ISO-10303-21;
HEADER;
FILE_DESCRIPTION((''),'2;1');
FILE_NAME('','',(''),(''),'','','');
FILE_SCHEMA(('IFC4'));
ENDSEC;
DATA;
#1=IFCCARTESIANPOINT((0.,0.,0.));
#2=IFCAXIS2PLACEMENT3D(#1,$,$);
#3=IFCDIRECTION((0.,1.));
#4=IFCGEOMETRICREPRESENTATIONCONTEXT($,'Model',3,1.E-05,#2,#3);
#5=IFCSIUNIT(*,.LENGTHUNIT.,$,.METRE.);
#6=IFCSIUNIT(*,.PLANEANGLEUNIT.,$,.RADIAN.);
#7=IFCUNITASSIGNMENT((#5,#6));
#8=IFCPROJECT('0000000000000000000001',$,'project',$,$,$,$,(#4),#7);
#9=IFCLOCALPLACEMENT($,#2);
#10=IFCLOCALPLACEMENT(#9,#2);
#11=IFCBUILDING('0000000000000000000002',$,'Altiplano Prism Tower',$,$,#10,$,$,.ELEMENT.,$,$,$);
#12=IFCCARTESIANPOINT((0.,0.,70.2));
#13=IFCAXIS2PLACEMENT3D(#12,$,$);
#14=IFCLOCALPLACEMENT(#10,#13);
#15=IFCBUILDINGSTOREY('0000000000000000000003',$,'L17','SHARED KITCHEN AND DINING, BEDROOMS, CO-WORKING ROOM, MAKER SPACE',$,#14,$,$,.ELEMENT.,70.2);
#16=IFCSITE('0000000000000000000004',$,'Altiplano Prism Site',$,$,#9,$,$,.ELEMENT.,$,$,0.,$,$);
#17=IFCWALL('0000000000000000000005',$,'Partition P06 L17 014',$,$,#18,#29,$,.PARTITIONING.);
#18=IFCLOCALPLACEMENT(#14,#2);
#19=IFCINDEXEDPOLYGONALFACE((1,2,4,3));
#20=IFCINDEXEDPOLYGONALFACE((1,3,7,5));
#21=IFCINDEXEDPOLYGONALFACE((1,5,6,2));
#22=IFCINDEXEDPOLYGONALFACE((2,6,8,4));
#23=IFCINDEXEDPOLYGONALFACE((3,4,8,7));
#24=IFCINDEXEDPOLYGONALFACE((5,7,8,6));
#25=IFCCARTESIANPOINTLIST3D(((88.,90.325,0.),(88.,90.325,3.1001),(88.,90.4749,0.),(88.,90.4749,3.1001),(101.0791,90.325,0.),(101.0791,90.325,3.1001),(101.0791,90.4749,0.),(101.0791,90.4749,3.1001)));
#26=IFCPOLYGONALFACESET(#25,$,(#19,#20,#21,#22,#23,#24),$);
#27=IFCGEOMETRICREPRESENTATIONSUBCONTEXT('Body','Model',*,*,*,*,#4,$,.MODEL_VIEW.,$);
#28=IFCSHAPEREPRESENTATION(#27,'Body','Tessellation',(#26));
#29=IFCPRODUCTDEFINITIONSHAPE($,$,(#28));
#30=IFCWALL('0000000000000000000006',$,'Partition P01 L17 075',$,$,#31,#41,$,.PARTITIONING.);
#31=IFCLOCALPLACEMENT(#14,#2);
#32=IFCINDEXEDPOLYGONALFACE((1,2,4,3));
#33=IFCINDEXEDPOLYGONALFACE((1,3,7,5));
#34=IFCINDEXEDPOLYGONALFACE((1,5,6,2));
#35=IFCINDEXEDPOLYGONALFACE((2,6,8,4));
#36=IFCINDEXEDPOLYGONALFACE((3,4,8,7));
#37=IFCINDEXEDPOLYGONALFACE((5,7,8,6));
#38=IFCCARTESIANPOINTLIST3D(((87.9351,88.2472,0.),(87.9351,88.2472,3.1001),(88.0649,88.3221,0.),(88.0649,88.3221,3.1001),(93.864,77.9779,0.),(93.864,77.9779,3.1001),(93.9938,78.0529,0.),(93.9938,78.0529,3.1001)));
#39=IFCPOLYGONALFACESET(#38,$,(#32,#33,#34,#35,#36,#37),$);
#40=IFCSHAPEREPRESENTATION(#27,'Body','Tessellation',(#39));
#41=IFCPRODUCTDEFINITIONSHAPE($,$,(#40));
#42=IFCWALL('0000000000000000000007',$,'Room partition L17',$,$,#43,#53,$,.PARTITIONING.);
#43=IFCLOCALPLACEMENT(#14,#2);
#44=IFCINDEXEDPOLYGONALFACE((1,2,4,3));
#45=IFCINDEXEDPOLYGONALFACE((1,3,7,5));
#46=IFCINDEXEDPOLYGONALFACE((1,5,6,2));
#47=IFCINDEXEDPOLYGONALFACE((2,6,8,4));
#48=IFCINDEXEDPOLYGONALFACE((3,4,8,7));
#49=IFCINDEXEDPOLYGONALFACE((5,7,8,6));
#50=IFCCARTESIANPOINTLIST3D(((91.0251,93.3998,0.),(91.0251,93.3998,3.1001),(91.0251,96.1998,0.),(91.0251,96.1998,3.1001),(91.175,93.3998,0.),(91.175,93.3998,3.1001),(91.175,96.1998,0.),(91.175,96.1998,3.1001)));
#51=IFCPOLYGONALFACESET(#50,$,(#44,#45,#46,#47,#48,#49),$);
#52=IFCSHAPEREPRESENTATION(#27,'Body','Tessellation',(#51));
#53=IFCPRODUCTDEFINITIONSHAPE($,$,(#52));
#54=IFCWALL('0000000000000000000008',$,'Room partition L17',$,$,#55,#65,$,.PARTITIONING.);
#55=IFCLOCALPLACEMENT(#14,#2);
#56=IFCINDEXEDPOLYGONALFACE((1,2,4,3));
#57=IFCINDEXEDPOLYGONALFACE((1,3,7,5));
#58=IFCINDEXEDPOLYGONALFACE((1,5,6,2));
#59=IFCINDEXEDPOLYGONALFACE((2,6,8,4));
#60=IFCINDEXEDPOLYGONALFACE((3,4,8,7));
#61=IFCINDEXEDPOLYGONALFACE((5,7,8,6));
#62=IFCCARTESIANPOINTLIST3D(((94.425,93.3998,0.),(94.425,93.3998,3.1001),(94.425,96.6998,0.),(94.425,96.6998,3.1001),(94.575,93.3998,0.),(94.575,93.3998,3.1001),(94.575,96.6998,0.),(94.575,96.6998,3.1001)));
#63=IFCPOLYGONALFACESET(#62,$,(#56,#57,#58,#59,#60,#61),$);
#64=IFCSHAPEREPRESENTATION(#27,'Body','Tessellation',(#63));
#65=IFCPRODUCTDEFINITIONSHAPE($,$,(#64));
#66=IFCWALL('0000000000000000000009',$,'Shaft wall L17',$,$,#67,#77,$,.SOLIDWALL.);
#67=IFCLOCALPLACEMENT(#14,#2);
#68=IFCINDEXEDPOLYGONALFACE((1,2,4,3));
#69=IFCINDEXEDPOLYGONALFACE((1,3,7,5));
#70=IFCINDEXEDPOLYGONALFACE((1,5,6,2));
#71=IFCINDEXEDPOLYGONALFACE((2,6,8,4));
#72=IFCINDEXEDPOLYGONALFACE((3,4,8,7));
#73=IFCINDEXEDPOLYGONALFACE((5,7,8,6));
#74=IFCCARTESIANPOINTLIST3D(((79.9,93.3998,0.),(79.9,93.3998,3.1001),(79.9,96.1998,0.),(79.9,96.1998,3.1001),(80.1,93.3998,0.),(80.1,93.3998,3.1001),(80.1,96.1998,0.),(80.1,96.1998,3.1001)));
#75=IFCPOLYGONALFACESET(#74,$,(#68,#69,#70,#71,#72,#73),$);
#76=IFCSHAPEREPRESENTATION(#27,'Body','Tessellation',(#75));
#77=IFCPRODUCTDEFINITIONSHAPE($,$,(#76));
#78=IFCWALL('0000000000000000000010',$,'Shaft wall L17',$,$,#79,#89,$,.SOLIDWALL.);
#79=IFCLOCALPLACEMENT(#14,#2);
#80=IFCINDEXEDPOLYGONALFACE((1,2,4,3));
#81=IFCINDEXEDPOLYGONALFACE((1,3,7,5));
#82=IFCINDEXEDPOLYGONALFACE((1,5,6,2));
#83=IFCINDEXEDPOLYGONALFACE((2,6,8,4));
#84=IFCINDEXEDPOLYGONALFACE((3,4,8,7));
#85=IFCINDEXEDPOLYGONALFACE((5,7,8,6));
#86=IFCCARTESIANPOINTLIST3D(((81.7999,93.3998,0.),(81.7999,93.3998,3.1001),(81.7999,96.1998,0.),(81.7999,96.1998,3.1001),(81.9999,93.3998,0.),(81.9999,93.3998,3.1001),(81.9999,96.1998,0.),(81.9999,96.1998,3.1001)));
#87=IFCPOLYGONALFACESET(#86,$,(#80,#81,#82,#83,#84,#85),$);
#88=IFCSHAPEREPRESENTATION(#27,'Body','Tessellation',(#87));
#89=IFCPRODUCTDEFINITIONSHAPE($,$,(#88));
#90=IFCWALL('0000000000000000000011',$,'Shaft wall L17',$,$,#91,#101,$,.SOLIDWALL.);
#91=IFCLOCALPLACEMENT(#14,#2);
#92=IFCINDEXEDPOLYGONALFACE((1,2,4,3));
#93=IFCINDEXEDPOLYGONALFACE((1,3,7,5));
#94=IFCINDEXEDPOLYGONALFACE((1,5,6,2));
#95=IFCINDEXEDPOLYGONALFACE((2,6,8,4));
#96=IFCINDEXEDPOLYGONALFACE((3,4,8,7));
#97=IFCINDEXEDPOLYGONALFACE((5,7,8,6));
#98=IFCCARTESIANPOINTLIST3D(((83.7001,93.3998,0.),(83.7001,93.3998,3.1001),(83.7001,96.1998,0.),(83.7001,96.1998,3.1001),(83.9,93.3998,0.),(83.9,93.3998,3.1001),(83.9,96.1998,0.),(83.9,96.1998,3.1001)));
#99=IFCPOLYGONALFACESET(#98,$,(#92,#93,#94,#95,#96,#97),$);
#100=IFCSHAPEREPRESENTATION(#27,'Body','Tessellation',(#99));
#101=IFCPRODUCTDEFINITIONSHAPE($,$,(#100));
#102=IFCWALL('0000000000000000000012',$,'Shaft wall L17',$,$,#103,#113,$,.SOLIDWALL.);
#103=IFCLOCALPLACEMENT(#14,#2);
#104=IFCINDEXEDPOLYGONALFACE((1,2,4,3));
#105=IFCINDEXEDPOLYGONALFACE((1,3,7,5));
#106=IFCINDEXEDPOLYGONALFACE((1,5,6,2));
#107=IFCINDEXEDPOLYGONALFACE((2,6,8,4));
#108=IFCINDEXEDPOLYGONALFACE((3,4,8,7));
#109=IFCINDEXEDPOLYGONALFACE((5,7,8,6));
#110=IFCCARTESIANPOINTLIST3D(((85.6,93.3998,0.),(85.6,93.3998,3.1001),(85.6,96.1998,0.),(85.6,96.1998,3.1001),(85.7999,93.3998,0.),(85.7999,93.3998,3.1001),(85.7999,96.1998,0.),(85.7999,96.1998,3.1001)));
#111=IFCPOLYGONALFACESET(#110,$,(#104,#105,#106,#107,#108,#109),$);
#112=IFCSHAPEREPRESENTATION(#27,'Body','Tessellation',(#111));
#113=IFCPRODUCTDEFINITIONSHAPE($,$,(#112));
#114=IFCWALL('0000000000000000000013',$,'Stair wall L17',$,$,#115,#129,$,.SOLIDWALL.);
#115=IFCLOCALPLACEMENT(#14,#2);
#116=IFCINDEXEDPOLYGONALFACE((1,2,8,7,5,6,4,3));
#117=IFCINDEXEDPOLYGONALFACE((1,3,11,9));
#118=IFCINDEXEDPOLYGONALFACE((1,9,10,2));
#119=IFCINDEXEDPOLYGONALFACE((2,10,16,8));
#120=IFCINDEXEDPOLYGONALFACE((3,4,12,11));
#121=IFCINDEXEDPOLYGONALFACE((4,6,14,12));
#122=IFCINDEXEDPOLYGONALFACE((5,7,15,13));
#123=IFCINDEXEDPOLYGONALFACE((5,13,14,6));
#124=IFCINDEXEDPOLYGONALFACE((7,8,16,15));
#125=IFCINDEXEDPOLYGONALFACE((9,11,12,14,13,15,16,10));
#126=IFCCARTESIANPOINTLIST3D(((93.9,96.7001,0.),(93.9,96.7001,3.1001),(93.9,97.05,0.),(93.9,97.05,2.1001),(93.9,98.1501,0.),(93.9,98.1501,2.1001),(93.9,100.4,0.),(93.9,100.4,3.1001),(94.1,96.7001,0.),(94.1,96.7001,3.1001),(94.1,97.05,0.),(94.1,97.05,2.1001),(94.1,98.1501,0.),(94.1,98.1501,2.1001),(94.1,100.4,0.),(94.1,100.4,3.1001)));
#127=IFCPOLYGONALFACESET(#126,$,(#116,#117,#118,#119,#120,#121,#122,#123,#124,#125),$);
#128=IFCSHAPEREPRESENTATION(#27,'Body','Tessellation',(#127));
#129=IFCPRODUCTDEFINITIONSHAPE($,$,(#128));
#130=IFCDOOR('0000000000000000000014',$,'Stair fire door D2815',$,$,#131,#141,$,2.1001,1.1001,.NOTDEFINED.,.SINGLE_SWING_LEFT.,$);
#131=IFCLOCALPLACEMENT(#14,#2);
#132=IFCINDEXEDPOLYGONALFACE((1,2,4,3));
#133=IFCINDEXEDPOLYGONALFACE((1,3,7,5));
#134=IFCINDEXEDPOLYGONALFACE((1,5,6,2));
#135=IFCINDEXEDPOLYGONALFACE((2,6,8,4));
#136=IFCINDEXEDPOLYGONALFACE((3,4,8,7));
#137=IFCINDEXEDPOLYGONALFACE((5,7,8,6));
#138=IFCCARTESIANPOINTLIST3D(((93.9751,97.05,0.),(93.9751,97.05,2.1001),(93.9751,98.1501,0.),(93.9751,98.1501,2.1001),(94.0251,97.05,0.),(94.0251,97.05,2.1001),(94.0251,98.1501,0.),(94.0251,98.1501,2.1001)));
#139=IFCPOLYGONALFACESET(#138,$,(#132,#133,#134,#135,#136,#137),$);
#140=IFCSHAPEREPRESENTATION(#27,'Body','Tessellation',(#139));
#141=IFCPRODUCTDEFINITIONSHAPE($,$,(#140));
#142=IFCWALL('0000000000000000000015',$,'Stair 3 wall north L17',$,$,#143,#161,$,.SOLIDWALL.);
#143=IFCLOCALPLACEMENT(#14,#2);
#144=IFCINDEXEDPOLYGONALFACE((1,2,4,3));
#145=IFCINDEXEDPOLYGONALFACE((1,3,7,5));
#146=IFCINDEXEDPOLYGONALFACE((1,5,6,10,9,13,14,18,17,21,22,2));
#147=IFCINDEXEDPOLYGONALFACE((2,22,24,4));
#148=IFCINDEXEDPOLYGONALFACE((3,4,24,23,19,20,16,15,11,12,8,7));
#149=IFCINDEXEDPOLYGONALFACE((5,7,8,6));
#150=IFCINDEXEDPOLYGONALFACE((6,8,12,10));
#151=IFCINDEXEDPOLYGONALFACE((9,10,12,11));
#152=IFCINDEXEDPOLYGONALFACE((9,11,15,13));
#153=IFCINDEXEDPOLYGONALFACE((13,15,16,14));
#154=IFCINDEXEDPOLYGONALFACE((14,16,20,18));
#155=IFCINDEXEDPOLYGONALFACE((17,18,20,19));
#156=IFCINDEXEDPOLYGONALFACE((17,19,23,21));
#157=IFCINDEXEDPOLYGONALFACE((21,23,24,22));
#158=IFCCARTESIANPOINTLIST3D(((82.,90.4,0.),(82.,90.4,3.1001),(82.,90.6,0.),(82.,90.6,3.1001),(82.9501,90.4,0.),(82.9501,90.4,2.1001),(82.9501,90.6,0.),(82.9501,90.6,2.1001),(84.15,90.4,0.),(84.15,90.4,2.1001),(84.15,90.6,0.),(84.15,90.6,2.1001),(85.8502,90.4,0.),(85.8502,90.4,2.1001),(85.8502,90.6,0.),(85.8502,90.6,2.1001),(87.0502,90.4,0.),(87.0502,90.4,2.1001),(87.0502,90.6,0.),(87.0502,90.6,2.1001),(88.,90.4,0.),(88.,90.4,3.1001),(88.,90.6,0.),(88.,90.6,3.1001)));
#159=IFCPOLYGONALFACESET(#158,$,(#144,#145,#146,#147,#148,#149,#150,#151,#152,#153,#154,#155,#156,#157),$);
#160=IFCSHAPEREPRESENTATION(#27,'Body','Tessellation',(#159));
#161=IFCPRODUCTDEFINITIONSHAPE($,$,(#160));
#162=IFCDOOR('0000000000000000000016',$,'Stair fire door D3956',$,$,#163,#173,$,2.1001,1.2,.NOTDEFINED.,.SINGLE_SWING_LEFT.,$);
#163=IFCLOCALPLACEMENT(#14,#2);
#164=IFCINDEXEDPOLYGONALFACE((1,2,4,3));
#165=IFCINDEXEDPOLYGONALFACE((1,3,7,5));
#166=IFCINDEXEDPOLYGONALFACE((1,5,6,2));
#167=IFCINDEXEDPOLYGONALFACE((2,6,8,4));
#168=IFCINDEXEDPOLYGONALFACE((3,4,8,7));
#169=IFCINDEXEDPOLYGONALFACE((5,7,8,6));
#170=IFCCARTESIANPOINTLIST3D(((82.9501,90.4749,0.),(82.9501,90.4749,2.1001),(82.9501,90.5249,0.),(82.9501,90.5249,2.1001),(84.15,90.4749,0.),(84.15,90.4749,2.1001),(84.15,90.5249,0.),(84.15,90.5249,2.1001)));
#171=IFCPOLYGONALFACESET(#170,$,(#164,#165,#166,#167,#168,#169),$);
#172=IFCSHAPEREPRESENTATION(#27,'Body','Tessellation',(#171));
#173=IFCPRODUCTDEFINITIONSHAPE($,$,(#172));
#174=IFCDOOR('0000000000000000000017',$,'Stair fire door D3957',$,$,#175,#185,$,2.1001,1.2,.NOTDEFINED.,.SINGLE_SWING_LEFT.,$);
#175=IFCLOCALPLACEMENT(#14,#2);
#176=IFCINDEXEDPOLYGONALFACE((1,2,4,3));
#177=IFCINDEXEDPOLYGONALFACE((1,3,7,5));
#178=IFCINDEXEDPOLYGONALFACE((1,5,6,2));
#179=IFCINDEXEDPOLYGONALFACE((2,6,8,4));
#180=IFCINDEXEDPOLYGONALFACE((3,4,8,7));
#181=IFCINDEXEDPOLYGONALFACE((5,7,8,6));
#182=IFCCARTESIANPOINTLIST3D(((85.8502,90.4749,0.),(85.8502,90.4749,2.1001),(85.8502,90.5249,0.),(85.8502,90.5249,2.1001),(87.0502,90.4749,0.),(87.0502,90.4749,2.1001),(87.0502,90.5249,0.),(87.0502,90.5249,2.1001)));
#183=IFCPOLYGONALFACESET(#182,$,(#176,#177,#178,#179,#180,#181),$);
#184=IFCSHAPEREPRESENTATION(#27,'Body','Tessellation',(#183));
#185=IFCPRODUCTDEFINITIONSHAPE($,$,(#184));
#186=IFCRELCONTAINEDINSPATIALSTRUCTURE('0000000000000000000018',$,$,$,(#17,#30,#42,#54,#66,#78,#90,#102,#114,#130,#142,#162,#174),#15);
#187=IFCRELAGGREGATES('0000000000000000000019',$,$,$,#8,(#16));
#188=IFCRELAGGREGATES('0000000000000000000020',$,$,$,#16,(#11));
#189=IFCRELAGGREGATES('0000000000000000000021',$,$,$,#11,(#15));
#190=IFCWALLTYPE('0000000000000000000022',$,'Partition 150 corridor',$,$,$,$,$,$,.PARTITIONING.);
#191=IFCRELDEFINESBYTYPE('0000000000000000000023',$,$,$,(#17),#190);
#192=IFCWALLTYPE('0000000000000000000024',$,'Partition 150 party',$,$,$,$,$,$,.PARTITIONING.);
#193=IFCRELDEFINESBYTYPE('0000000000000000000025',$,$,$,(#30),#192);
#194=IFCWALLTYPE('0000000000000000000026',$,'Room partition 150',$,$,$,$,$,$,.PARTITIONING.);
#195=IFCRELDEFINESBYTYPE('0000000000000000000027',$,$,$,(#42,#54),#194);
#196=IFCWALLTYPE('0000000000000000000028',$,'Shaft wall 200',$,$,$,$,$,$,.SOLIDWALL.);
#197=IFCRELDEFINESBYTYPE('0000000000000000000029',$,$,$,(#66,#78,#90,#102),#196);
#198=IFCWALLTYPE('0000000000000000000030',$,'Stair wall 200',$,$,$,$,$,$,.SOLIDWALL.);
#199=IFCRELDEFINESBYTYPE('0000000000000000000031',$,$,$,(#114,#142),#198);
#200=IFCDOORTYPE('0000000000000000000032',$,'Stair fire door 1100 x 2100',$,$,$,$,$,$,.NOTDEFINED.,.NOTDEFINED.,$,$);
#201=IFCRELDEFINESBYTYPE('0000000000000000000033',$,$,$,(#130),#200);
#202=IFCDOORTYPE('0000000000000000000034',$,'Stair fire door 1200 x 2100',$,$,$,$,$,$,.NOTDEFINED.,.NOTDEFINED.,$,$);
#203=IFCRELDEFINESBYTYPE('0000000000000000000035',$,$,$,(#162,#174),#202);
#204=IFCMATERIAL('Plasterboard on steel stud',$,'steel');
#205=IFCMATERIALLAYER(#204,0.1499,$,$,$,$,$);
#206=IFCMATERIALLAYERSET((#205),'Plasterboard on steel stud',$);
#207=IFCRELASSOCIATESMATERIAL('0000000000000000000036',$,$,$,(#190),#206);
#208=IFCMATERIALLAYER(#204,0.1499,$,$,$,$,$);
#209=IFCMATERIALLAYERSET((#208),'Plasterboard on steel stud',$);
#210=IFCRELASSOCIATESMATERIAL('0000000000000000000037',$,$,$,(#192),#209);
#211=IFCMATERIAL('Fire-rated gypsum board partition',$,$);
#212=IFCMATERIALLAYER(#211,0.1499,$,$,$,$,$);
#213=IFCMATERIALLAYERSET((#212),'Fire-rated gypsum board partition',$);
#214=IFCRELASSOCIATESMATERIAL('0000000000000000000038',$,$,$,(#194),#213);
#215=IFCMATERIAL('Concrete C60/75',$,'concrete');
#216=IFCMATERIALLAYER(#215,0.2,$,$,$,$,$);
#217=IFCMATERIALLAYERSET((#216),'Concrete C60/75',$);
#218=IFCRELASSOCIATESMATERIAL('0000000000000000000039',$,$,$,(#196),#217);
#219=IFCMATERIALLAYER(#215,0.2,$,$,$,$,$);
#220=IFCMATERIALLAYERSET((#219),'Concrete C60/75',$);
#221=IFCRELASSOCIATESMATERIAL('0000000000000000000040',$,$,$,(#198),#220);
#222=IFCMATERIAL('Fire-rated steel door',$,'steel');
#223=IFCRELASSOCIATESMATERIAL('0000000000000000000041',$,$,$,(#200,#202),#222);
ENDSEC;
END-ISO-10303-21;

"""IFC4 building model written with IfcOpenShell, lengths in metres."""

from ifc_helpers import new_model, si_unit, direction, frame, frame_2d, origin, place, context, subcontext, project, spatial, rectangle, extrude, material, layer, layer_set, type_object, element, fill, save


model = new_model("IFC4")

# Units and contexts
model_context = context("Model", 3, precision=1e-05, world=origin(), true_north=direction((0.0, 1.0)))
body_context = subcontext(model_context, "Body", "Model", "MODEL_VIEW")
ifc_project = project(units=[si_unit("LENGTHUNIT", "METRE"), si_unit("PLANEANGLEUNIT", "RADIAN")], contexts=[model_context])

# Site, building, storey
site_placement = place(None, origin())
site = spatial("IfcSite", under=ifc_project, at=site_placement, Name="Altiplano Prism Site", CompositionType="ELEMENT", RefElevation=0.0)
building_placement = place(site_placement, origin())
building = spatial("IfcBuilding", under=site, at=building_placement, Name="Altiplano Prism Tower", CompositionType="ELEMENT")
storey_placement = place(building_placement, frame((0.0, 0.0, 70.2)))
storey = spatial("IfcBuildingStorey", under=building, at=storey_placement, Name="L17", Description="SHARED KITCHEN AND DINING, BEDROOMS, CO-WORKING ROOM, MAKER SPACE", CompositionType="ELEMENT", Elevation=70.2)

# Walls
ifc_material_1 = material(Name="Plasterboard on steel stud", Category="steel")
ifc_layer_1 = layer(ifc_material_1, 0.1499)
ifc_layer_set_1 = layer_set([ifc_layer_1], Name="Plasterboard on steel stud")
wall_type_1 = type_object("IfcWallType", Name="Partition 150 corridor", PredefinedType="PARTITIONING", material=ifc_layer_set_1)
wall_1_placement = place(storey_placement, frame((88.0, 90.3999, 0.0), z_axis=(0.0, 0.0, 1.0), x_axis=(1.0, 0.0, 0.0)))
element("IfcWall", 1, at=wall_1_placement, inside=storey, type_object=wall_type_1, Name="Partition P06 L17 014", PredefinedType="PARTITIONING", context=body_context, shape_type="SweptSolid", body=[
    extrude(rectangle(XDim=13.0791, YDim=0.1499, at=frame_2d((6.5396, 0.0))), origin(), (0.0, 0.0, 1.0), 3.1001),
])
ifc_layer_2 = layer(ifc_material_1, 0.1499)
ifc_layer_set_2 = layer_set([ifc_layer_2], Name="Plasterboard on steel stud")
wall_type_2 = type_object("IfcWallType", Name="Partition 150 party", PredefinedType="PARTITIONING", material=ifc_layer_set_2)
wall_2_placement = place(storey_placement, frame((88.0, 88.2847, 0.0), z_axis=(0.0, 0.0, 1.0), x_axis=(0.499999, -0.866026, 0.0)))
element("IfcWall", 2, at=wall_2_placement, inside=storey, type_object=wall_type_2, Name="Partition P01 L17 075", PredefinedType="PARTITIONING", context=body_context, shape_type="SweptSolid", body=[
    extrude(rectangle(XDim=11.8579, YDim=0.1499, at=frame_2d((5.929, 0.0))), origin(), (0.0, 0.0, 1.0), 3.1001),
])
ifc_material_2 = material(Name="Fire-rated gypsum board partition")
ifc_layer_3 = layer(ifc_material_2, 0.1499)
ifc_layer_set_3 = layer_set([ifc_layer_3], Name="Fire-rated gypsum board partition")
wall_type_3 = type_object("IfcWallType", Name="Room partition 150", PredefinedType="PARTITIONING", material=ifc_layer_set_3)
wall_3_placement = place(storey_placement, frame((91.1001, 93.3999, 0.0), z_axis=(0.0, 0.0, 1.0), x_axis=(0.0, 1.0, 0.0)))
element("IfcWall", 3, at=wall_3_placement, inside=storey, type_object=wall_type_3, Name="Room partition L17", PredefinedType="PARTITIONING", context=body_context, shape_type="SweptSolid", body=[
    extrude(rectangle(XDim=2.8, YDim=0.1499, at=frame_2d((1.3999, 0.0))), origin(), (0.0, 0.0, 1.0), 3.1001),
])
wall_4_placement = place(storey_placement, frame((94.5, 93.3999, 0.0), z_axis=(0.0, 0.0, 1.0), x_axis=(0.0, 1.0, 0.0)))
element("IfcWall", 4, at=wall_4_placement, inside=storey, type_object=wall_type_3, Name="Room partition L17", PredefinedType="PARTITIONING", context=body_context, shape_type="SweptSolid", body=[
    extrude(rectangle(XDim=3.3, YDim=0.1499, at=frame_2d((1.6499, 0.0))), origin(), (0.0, 0.0, 1.0), 3.1001),
])
ifc_material_3 = material(Name="Concrete C60/75", Category="concrete")
ifc_layer_4 = layer(ifc_material_3, 0.2)
ifc_layer_set_4 = layer_set([ifc_layer_4], Name="Concrete C60/75")
wall_type_4 = type_object("IfcWallType", Name="Shaft wall 200", PredefinedType="SOLIDWALL", material=ifc_layer_set_4)
for number, where, z_axis, x_axis, name in (
    (5, (80.0, 93.3999, 0.0), (0.0, 0.0, 1.0), (0.0, 1.0, 0.0), "Shaft wall L17"),
    (6, (81.8999, 93.3999, 0.0), (0.0, 0.0, 1.0), (0.0, 1.0, 0.0), "Shaft wall L17"),
    (7, (83.8, 93.3999, 0.0), (0.0, 0.0, 1.0), (0.0, 1.0, 0.0), "Shaft wall L17"),
    (8, (85.7, 93.3999, 0.0), (0.0, 0.0, 1.0), (0.0, 1.0, 0.0), "Shaft wall L17"),
):
    element("IfcWall", number, at=place(storey_placement, frame(where, z_axis=z_axis, x_axis=x_axis)), inside=storey, type_object=wall_type_4, Name=name, PredefinedType="SOLIDWALL", context=body_context, shape_type="SweptSolid", body=[
        extrude(rectangle(XDim=2.8, YDim=0.2, at=frame_2d((1.3999, 0.0))), origin(), (0.0, 0.0, 1.0), 3.1001),
    ])

# Wall, opening, door
ifc_layer_5 = layer(ifc_material_3, 0.2)
ifc_layer_set_5 = layer_set([ifc_layer_5], Name="Concrete C60/75")
wall_type_5 = type_object("IfcWallType", Name="Stair wall 200", PredefinedType="SOLIDWALL", material=ifc_layer_set_5)
wall_5_placement = place(storey_placement, frame((94.0, 96.7, 0.0), z_axis=(0.0, 0.0, 1.0), x_axis=(0.0, 1.0, 0.0)))
wall_5 = element("IfcWall", 9, at=wall_5_placement, inside=storey, type_object=wall_type_5, Name="Stair wall L17", PredefinedType="SOLIDWALL", context=body_context, shape_type="SweptSolid", body=[
    extrude(rectangle(XDim=3.7, YDim=0.2, at=frame_2d((1.8501, 0.0))), origin(), (0.0, 0.0, 1.0), 3.1001),
])
opening_1_placement = place(wall_5_placement, frame((0.3501, 0.0, 0.0)))
opening_1 = element("IfcOpeningElement", 10, at=opening_1_placement, cuts=wall_5, PredefinedType="OPENING", context=body_context, shape_type="SweptSolid", body=[
    extrude(rectangle(XDim=1.1001, YDim=2.1001, at=frame_2d((0.55, 1.05))), frame((0.0, 0.1104, 0.0), z_axis=(0.0, -1.0, 0.0), x_axis=(1.0, 0.0, 0.0)), (0.0, 0.0, 1.0), 0.2209),
])
ifc_material_4 = material(Name="Fire-rated steel door", Category="steel")
door_type_1 = type_object("IfcDoorType", Name="Stair fire door 1100 x 2100", OperationType="NOTDEFINED", PredefinedType="NOTDEFINED", material=ifc_material_4)
door_1_placement = place(opening_1_placement, origin())
door_1 = element("IfcDoor", 11, at=door_1_placement, inside=storey, type_object=door_type_1, Name="Stair fire door D2815", OperationType="SINGLE_SWING_LEFT", OverallHeight=2.1001, OverallWidth=1.1001, PredefinedType="NOTDEFINED", context=body_context, shape_type="SweptSolid", body=[
    extrude(rectangle(XDim=1.1001, YDim=2.1001, at=frame_2d((0.55, 1.05))), frame((0.0, 0.0249, 0.0), z_axis=(0.0, -1.0, 0.0), x_axis=(1.0, 0.0, 0.0)), (0.0, 0.0, 1.0), 0.05),
])
fill(opening_1, door_1)

# Wall, openings, doors
wall_6_placement = place(storey_placement, frame((82.0, 90.5, 0.0), z_axis=(0.0, 0.0, 1.0), x_axis=(1.0, 0.0, 0.0)))
wall_6 = element("IfcWall", 12, at=wall_6_placement, inside=storey, type_object=wall_type_5, Name="Stair 3 wall north L17", PredefinedType="SOLIDWALL", context=body_context, shape_type="SweptSolid", body=[
    extrude(rectangle(XDim=6.0, YDim=0.2, at=frame_2d((3.0, 0.0))), origin(), (0.0, 0.0, 1.0), 3.1001),
])
opening_2_placement = place(wall_6_placement, frame((0.95, 0.0, 0.0)))
opening_2 = element("IfcOpeningElement", 13, at=opening_2_placement, cuts=wall_6, PredefinedType="OPENING", context=body_context, shape_type="SweptSolid", body=[
    extrude(rectangle(XDim=1.2, YDim=2.1001, at=frame_2d((0.6001, 1.05))), frame((0.0, 0.1104, 0.0), z_axis=(0.0, -1.0, 0.0), x_axis=(1.0, 0.0, 0.0)), (0.0, 0.0, 1.0), 0.2209),
])
opening_3_placement = place(wall_6_placement, frame((3.8501, 0.0, 0.0)))
opening_3 = element("IfcOpeningElement", 14, at=opening_3_placement, cuts=wall_6, PredefinedType="OPENING", context=body_context, shape_type="SweptSolid", body=[
    extrude(rectangle(XDim=1.2, YDim=2.1001, at=frame_2d((0.6001, 1.05))), frame((0.0, 0.1104, 0.0), z_axis=(0.0, -1.0, 0.0), x_axis=(1.0, 0.0, 0.0)), (0.0, 0.0, 1.0), 0.2209),
])
door_type_2 = type_object("IfcDoorType", Name="Stair fire door 1200 x 2100", OperationType="NOTDEFINED", PredefinedType="NOTDEFINED", material=ifc_material_4)
door_2_placement = place(opening_2_placement, origin())
door_2 = element("IfcDoor", 15, at=door_2_placement, inside=storey, type_object=door_type_2, Name="Stair fire door D3956", OperationType="SINGLE_SWING_LEFT", OverallHeight=2.1001, OverallWidth=1.2, PredefinedType="NOTDEFINED", context=body_context, shape_type="SweptSolid", body=[
    extrude(rectangle(XDim=1.2, YDim=2.1001, at=frame_2d((0.6001, 1.05))), frame((0.0, 0.0249, 0.0), z_axis=(0.0, -1.0, 0.0), x_axis=(1.0, 0.0, 0.0)), (0.0, 0.0, 1.0), 0.05),
])
fill(opening_2, door_2)
door_3_placement = place(opening_3_placement, origin())
door_3 = element("IfcDoor", 16, at=door_3_placement, inside=storey, type_object=door_type_2, Name="Stair fire door D3957", OperationType="SINGLE_SWING_LEFT", OverallHeight=2.1001, OverallWidth=1.2, PredefinedType="NOTDEFINED", context=body_context, shape_type="SweptSolid", body=[
    extrude(rectangle(XDim=1.2, YDim=2.1001, at=frame_2d((0.6001, 1.05))), frame((0.0, 0.0249, 0.0), z_axis=(0.0, -1.0, 0.0), x_axis=(1.0, 0.0, 0.0)), (0.0, 0.0, 1.0), 0.05),
])
fill(opening_3, door_3)

save(model, "model.ifc")
